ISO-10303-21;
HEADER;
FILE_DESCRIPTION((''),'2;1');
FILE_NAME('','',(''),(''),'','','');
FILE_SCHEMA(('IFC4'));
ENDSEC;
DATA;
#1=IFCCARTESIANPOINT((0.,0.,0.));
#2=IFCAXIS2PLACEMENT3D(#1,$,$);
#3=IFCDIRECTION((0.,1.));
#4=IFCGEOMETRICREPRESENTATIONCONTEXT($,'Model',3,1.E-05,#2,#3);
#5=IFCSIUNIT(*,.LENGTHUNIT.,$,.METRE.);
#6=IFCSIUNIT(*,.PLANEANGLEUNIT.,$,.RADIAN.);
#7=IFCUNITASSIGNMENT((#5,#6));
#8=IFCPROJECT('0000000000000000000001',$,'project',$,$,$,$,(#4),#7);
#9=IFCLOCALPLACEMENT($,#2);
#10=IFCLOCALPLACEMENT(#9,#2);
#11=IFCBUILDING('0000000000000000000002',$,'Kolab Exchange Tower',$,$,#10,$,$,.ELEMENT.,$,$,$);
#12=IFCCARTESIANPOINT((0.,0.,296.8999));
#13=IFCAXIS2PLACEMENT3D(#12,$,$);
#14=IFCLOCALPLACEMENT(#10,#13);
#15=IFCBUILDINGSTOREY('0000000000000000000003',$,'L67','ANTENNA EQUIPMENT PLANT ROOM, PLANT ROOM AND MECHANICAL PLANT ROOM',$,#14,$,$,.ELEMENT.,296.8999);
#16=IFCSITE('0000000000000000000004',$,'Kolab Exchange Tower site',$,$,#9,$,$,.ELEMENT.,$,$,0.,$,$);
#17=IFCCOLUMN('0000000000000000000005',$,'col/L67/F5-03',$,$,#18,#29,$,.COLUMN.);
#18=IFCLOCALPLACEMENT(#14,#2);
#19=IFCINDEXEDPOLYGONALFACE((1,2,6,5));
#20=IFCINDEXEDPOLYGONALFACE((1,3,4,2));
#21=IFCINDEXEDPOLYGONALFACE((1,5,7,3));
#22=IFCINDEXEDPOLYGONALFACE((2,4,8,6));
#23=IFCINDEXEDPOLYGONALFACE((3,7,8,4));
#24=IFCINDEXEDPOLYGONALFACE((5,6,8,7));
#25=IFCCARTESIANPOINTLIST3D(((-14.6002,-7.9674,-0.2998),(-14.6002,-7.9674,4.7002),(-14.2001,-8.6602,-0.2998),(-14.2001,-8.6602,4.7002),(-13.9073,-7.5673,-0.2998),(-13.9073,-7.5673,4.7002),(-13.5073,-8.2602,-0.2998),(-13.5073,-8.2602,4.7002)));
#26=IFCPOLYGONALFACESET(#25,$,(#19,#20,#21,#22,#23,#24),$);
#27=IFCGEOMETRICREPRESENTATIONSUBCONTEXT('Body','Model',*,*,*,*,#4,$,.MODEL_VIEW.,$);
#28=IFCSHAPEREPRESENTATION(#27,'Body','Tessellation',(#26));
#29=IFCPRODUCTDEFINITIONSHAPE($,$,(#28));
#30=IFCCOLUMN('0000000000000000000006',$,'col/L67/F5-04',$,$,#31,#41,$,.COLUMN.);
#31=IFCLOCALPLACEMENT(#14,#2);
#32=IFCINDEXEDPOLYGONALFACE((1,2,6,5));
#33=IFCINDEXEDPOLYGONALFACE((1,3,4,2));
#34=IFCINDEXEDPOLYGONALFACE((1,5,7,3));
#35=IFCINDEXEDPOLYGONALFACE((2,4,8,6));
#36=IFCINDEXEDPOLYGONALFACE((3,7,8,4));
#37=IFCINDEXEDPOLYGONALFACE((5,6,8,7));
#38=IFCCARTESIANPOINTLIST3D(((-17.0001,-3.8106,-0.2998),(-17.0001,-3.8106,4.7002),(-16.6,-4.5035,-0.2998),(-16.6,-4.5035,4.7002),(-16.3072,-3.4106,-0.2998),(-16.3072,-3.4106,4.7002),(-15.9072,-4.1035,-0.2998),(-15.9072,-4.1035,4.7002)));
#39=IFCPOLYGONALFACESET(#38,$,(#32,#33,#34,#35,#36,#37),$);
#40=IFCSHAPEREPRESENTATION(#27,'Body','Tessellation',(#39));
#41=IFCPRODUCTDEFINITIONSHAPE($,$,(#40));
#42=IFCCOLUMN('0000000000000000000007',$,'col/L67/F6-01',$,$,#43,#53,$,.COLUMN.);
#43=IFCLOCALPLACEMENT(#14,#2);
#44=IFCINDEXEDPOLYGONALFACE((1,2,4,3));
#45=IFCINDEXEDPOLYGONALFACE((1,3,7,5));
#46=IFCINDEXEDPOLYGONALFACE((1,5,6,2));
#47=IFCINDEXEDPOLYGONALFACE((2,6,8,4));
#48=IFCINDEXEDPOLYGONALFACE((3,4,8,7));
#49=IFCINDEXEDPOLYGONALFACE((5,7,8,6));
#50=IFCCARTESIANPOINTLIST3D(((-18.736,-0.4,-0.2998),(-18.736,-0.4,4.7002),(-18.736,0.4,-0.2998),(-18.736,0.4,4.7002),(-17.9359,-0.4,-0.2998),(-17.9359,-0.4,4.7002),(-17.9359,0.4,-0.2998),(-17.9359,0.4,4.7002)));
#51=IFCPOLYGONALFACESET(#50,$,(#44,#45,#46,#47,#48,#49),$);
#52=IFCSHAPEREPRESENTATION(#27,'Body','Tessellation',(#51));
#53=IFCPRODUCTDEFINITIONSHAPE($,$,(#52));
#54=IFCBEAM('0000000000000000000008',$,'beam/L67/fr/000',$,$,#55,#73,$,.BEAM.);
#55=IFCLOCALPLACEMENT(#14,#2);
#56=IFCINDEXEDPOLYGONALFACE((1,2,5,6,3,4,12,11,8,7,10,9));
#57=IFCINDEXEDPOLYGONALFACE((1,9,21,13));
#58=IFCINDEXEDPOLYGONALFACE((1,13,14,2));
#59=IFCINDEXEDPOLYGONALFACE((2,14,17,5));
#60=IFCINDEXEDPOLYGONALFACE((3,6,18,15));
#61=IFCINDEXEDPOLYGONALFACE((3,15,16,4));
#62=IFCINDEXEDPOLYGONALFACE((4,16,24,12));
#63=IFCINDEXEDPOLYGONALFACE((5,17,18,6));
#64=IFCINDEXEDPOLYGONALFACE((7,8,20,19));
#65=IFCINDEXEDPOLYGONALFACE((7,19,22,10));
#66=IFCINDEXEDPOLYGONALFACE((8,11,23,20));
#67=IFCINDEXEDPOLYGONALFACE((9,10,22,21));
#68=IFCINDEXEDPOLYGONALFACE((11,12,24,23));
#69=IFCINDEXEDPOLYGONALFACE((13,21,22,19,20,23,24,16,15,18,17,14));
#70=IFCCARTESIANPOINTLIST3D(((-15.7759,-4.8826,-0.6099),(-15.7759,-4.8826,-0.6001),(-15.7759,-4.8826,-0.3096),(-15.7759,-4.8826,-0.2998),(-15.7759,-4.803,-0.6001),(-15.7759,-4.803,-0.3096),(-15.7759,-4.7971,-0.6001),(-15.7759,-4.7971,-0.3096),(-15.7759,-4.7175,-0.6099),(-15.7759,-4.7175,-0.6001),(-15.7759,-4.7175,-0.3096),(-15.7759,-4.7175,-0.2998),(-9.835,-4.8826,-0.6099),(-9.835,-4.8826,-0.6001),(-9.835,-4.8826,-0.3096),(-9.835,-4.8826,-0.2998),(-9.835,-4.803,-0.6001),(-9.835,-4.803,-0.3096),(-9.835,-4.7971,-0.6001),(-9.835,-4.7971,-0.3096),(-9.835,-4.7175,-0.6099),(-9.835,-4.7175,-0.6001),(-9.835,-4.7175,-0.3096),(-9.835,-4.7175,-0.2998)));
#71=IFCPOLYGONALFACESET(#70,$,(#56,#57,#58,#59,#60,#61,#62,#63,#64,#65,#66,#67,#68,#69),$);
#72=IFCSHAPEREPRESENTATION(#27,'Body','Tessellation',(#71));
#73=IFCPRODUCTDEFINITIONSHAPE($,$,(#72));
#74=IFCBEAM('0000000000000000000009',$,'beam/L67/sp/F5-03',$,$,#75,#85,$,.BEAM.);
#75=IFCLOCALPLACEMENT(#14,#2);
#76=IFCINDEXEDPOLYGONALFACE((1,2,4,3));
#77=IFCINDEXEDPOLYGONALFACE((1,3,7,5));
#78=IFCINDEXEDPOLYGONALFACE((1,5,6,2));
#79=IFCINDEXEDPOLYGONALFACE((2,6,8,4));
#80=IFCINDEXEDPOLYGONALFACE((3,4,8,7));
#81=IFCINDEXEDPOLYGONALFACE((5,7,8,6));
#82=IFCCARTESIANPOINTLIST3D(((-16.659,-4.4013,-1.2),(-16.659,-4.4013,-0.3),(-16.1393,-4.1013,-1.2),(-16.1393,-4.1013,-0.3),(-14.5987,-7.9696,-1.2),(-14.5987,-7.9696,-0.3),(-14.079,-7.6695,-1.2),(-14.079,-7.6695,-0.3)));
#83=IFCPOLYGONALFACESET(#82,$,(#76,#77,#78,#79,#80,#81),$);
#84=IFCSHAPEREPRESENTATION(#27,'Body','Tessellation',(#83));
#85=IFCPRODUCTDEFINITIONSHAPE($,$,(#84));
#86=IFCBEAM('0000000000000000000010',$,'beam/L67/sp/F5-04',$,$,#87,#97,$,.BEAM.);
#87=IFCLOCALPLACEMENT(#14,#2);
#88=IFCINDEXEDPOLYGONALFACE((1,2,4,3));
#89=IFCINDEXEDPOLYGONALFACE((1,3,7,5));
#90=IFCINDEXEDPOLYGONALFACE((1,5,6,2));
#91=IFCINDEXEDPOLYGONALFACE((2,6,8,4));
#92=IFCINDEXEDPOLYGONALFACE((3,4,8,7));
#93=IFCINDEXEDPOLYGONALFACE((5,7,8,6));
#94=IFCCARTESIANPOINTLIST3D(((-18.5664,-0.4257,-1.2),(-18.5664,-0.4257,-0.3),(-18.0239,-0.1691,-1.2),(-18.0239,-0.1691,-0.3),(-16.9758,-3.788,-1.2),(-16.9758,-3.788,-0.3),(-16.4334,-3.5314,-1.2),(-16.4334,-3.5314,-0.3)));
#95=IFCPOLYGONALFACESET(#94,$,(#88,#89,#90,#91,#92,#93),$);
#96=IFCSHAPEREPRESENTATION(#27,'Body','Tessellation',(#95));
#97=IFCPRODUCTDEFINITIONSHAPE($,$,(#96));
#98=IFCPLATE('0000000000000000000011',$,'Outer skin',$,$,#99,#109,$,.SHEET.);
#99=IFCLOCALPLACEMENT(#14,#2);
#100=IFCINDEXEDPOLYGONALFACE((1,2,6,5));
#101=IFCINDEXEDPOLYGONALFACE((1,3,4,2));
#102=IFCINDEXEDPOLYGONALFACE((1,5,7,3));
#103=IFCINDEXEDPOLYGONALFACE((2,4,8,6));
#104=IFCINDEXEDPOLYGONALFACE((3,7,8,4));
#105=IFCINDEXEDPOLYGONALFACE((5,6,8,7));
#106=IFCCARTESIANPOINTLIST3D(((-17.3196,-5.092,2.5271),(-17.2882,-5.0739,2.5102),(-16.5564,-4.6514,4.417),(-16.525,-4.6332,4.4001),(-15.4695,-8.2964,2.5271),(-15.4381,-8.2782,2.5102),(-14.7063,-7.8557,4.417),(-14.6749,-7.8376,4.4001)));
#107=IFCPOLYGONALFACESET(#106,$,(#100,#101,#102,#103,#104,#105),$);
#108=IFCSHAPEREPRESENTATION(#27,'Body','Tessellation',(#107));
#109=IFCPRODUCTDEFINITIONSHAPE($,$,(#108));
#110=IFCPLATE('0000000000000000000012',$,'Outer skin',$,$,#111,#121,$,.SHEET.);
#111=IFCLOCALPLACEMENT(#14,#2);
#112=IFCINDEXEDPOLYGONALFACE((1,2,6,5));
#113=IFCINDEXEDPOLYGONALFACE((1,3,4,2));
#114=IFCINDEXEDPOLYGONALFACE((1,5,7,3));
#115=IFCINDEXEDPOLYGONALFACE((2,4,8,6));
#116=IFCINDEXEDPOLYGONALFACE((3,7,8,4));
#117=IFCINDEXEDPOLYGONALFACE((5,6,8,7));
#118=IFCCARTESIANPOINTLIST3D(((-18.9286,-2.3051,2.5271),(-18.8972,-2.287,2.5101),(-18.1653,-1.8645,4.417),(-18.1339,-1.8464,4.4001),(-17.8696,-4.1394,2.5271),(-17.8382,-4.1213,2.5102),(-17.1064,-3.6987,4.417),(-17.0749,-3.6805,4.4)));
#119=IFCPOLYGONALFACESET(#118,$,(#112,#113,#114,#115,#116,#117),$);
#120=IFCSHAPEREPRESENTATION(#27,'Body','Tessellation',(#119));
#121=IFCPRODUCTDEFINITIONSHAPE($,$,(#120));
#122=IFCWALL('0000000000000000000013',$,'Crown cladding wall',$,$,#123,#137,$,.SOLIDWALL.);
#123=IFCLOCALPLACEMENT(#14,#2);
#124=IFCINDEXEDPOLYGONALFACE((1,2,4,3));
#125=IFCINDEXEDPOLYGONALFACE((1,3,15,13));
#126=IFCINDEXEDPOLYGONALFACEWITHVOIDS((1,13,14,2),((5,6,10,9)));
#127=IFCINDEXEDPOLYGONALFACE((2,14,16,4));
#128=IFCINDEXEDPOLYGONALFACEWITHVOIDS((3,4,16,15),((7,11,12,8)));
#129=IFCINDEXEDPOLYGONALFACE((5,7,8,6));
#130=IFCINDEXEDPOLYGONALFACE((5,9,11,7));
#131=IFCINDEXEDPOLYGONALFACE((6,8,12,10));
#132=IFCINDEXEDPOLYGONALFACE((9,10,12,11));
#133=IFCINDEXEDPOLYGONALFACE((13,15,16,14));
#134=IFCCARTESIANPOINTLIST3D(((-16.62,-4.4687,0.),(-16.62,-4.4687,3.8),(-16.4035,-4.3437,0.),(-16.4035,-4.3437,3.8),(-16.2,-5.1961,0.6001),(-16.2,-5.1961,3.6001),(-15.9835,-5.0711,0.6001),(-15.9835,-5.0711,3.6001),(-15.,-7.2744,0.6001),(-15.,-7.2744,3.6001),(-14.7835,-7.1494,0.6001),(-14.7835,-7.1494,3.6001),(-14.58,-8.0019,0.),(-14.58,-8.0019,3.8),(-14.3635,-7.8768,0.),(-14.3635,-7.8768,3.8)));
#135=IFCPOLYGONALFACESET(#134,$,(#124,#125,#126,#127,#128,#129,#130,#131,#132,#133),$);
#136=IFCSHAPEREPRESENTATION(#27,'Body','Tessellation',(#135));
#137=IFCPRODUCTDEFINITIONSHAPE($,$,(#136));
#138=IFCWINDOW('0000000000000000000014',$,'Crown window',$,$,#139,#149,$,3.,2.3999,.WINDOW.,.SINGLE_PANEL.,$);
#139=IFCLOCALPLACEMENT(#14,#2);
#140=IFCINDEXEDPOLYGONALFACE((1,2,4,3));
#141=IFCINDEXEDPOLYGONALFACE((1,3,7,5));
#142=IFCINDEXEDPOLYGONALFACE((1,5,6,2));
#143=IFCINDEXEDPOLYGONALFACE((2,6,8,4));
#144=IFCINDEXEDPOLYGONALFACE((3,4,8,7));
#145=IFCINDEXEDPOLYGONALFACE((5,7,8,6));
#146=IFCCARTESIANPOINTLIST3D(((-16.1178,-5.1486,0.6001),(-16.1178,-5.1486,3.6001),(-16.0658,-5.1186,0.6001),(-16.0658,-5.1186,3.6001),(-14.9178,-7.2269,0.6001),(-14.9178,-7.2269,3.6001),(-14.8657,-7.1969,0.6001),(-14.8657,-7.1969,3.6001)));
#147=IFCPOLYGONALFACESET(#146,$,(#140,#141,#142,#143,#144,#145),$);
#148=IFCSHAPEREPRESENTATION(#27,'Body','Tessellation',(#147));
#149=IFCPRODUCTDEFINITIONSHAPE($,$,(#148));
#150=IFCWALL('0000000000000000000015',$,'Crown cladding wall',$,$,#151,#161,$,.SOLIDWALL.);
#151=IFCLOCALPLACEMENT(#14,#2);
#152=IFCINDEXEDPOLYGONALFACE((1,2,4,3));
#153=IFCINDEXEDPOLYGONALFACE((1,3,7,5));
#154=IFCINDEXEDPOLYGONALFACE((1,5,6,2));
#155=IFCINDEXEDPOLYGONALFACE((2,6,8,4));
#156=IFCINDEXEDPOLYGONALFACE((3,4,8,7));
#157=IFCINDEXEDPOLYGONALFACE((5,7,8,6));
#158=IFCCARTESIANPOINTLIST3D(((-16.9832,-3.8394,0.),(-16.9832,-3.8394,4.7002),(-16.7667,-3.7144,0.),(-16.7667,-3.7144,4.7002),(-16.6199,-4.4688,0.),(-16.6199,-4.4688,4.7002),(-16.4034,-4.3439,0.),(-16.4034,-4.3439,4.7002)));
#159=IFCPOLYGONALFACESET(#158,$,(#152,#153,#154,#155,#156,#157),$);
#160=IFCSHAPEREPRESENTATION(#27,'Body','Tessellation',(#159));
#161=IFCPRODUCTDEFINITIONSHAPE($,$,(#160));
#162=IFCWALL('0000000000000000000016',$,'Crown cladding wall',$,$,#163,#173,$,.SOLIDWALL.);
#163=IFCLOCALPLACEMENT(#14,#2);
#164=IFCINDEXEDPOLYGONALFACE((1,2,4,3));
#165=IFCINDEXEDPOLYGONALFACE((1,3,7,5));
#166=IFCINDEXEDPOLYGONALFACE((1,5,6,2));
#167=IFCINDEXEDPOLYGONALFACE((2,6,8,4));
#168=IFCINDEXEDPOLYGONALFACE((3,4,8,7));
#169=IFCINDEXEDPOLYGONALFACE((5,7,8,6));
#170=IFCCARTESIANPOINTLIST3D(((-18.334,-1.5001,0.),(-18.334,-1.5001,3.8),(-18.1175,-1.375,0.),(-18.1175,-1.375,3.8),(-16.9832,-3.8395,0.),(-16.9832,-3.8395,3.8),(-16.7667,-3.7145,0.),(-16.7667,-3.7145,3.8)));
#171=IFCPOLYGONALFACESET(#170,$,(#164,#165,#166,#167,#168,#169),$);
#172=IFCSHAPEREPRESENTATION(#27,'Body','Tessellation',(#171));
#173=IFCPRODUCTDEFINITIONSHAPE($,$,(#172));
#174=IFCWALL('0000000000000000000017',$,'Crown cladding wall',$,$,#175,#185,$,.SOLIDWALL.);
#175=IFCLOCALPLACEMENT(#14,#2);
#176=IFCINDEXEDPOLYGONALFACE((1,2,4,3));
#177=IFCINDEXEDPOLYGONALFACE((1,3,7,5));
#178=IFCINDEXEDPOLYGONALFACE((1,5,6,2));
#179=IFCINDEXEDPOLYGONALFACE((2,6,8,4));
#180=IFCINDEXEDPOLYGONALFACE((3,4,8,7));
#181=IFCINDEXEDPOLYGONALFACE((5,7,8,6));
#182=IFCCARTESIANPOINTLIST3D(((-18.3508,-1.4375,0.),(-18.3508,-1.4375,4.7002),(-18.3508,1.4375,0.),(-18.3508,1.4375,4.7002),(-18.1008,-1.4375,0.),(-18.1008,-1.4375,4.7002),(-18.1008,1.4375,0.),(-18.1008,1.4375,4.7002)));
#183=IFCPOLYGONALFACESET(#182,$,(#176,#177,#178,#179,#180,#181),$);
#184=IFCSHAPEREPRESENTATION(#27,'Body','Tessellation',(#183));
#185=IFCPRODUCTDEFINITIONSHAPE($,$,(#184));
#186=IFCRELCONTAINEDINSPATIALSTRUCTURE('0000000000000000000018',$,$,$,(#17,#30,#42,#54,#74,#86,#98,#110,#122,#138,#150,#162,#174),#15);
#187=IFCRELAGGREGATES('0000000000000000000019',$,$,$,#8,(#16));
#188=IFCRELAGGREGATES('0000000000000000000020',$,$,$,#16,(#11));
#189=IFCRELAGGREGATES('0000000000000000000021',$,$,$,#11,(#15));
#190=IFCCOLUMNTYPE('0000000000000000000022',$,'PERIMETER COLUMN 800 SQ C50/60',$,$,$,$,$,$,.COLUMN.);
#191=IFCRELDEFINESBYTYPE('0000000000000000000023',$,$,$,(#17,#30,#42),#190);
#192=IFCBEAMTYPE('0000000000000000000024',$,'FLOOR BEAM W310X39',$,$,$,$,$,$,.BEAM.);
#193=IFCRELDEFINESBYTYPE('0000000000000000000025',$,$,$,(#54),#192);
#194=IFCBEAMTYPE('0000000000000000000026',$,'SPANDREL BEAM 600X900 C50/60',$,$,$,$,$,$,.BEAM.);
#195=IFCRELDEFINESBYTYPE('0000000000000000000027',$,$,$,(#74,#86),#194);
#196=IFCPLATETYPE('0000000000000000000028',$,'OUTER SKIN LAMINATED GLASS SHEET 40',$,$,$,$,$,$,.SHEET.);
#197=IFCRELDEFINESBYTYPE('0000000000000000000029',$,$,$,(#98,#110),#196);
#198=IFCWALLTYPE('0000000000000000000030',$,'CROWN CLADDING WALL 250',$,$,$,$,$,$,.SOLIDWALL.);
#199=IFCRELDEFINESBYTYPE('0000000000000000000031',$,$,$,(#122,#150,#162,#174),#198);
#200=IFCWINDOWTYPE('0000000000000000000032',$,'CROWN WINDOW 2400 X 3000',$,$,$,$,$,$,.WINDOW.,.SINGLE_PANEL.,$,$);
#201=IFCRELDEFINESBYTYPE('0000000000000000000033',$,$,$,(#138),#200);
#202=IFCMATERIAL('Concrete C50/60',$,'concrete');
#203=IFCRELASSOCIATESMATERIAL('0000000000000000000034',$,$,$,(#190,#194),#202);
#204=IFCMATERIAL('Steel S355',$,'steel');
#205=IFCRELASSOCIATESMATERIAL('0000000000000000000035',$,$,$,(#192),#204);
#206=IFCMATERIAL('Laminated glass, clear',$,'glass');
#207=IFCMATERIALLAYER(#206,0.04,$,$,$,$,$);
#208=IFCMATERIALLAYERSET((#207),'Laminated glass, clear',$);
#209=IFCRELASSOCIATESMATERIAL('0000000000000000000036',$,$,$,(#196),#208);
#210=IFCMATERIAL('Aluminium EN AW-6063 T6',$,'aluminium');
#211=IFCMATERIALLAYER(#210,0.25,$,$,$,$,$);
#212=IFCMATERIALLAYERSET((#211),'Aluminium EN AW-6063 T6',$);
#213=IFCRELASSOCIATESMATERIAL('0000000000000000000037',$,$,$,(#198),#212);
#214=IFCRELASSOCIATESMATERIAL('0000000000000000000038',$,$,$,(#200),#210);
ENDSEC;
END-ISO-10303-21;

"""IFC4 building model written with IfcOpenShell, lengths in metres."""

from ifc_helpers import new_model, si_unit, direction, frame, frame_2d, origin, origin_2d, place, context, subcontext, project, spatial, polyline, rectangle, i_section, outline, extrude, material, layer, layer_set, material_profile, profile_set, type_object, element, fill, save


model = new_model("IFC4")

# Units and contexts
model_context = context("Model", 3, precision=1e-05, world=origin(), true_north=direction((0.0, 1.0)))
body_context = subcontext(model_context, "Body", "Model", "MODEL_VIEW")
ifc_project = project(units=[si_unit("LENGTHUNIT", "METRE"), si_unit("PLANEANGLEUNIT", "RADIAN")], contexts=[model_context])

# Site, building, storey
site_placement = place(None, origin())
site = spatial("IfcSite", under=ifc_project, at=site_placement, Name="Kolab Exchange Tower site", CompositionType="ELEMENT", RefElevation=0.0)
building_placement = place(site_placement, origin())
building = spatial("IfcBuilding", under=site, at=building_placement, Name="Kolab Exchange Tower", CompositionType="ELEMENT")
storey_placement = place(building_placement, frame((0.0, 0.0, 296.8999)))
storey = spatial("IfcBuildingStorey", under=building, at=storey_placement, Name="L67", Description="ANTENNA EQUIPMENT PLANT ROOM, PLANT ROOM AND MECHANICAL PLANT ROOM", CompositionType="ELEMENT", Elevation=296.8999)

# Columns
ifc_material_1 = material(Name="Concrete C50/60", Category="concrete")
ifc_material_profile_1 = material_profile(ifc_material_1, rectangle(XDim=0.8, YDim=0.8, at=origin_2d()), Name="RC800")
ifc_profile_set_1 = profile_set([ifc_material_profile_1], Name="Concrete C50/60")
column_type = type_object("IfcColumnType", Name="PERIMETER COLUMN 800 SQ C50/60", PredefinedType="COLUMN", material=ifc_profile_set_1)
for number, where, z_axis, x_axis, name in (
    (1, (-14.0537, -8.1138, -0.2998), (0.0, 0.0, 1.0), (0.866025, 0.5, 0.0), "col/L67/F5-03"),
    (2, (-16.4536, -3.957, -0.2998), (0.0, 0.0, 1.0), (0.866025, 0.5, 0.0), "col/L67/F5-04"),
    (3, (-18.3359, 0.0, -0.2998), (0.0, 0.0, 1.0), (1.0, 0.0, 0.0), "col/L67/F6-01"),
):
    element("IfcColumn", number, at=place(storey_placement, frame(where, z_axis=z_axis, x_axis=x_axis)), inside=storey, type_object=column_type, Name=name, PredefinedType="COLUMN", context=body_context, shape_type="SweptSolid", body=[
        extrude(rectangle(XDim=0.8, YDim=0.8, at=origin_2d()), origin(), (0.0, 0.0, 1.0), 5.0),
    ])

# Beams
ifc_material_2 = material(Name="Steel S355", Category="steel")
ifc_material_profile_2 = material_profile(ifc_material_2, i_section(OverallWidth=0.165, OverallDepth=0.3101, WebThickness=0.0059, FlangeThickness=0.0098, at=origin_2d()), Name="W310X39")
ifc_profile_set_2 = profile_set([ifc_material_profile_2], Name="Steel S355")
beam_type_1 = type_object("IfcBeamType", Name="FLOOR BEAM W310X39", PredefinedType="BEAM", material=ifc_profile_set_2)
beam_1_placement = place(storey_placement, frame((-15.7759, -4.8, -0.4548), z_axis=(1.0, 0.0, 0.0), x_axis=(0.0, 1.0, 0.0)))
element("IfcBeam", 4, at=beam_1_placement, inside=storey, type_object=beam_type_1, Name="beam/L67/fr/000", PredefinedType="BEAM", context=body_context, shape_type="SweptSolid", body=[
    extrude(i_section(OverallWidth=0.165, OverallDepth=0.3101, WebThickness=0.0059, FlangeThickness=0.0098, at=origin_2d()), origin(), (0.0, 0.0, 1.0), 5.9409),
])
ifc_material_profile_3 = material_profile(ifc_material_1, rectangle(XDim=0.6001, YDim=0.8999, at=origin_2d()), Name="RC600X900")
ifc_profile_set_3 = profile_set([ifc_material_profile_3], Name="Concrete C50/60")
beam_type_2 = type_object("IfcBeamType", Name="SPANDREL BEAM 600X900 C50/60", PredefinedType="BEAM", material=ifc_profile_set_3)
beam_2_placement = place(storey_placement, frame((-14.3389, -7.8196, -0.75), z_axis=(-0.50002, 0.866014, 0.0), x_axis=(-0.866014, -0.50002, 0.0)))
element("IfcBeam", 5, at=beam_2_placement, inside=storey, type_object=beam_type_2, Name="beam/L67/sp/F5-03", PredefinedType="BEAM", context=body_context, shape_type="SweptSolid", body=[
    extrude(rectangle(XDim=0.6001, YDim=0.8999, at=origin_2d()), origin(), (0.0, 0.0, 1.0), 4.1204),
])
beam_3_placement = place(storey_placement, frame((-16.7046, -3.6597, -0.75), z_axis=(-0.427626, 0.903956, 0.0), x_axis=(-0.903956, -0.427626, 0.0)))
element("IfcBeam", 6, at=beam_3_placement, inside=storey, type_object=beam_type_2, Name="beam/L67/sp/F5-04", PredefinedType="BEAM", context=body_context, shape_type="SweptSolid", body=[
    extrude(rectangle(XDim=0.6001, YDim=0.8999, at=origin_2d()), origin(), (0.0, 0.0, 1.0), 3.7195),
])

# Plates
ifc_material_3 = material(Name="Laminated glass, clear", Category="glass")
ifc_layer_1 = layer(ifc_material_3, 0.04)
ifc_layer_set_1 = layer_set([ifc_layer_1], Name="Laminated glass, clear")
plate_type = type_object("IfcPlateType", Name="OUTER SKIN LAMINATED GLASS SHEET 40", PredefinedType="SHEET", material=ifc_layer_set_1)
plate_1_placement = place(storey_placement, frame((-15.4695, -8.2964, 2.5271), z_axis=(-0.784878, -0.453166, 0.422619), x_axis=(-0.500014, 0.866017, 0.0)))
element("IfcPlate", 7, at=plate_1_placement, inside=storey, type_object=plate_type, Name="Outer skin", PredefinedType="SHEET", context=body_context, shape_type="SweptSolid", body=[
    extrude(outline(polyline([(0.0, 0.0), (3.7001, 0.0), (3.7001, -2.0853), (0.0, -2.0853), (0.0, 0.0)])), origin(), (0.0, 0.0, -1.0), 0.04),
])
plate_2_placement = place(storey_placement, frame((-17.8696, -4.1394, 2.5271), z_axis=(-0.784874, -0.453134, 0.422661), x_axis=(-0.499996, 0.866028, -0.000019)))
element("IfcPlate", 8, at=plate_2_placement, inside=storey, type_object=plate_type, Name="Outer skin", PredefinedType="SHEET", context=body_context, shape_type="SweptSolid", body=[
    extrude(outline(polyline([(0.0, 0.0), (2.118, 0.0), (2.1179, -2.0854), (0.0, -2.0853), (0.0, 0.0)])), origin(), (0.0, 0.0, -1.0), 0.04),
])

# Wall, opening, window
ifc_material_4 = material(Name="Aluminium EN AW-6063 T6", Category="aluminium")
ifc_layer_2 = layer(ifc_material_4, 0.25)
ifc_layer_set_2 = layer_set([ifc_layer_2], Name="Aluminium EN AW-6063 T6")
wall_type_1 = type_object("IfcWallType", Name="CROWN CLADDING WALL 250", PredefinedType="SOLIDWALL", material=ifc_layer_set_2)
wall_1_placement = place(storey_placement, frame((-14.4717, -7.9395, 0.0), z_axis=(0.0, 0.0, 1.0), x_axis=(-0.500026, 0.86601, 0.0)))
wall_1 = element("IfcWall", 9, at=wall_1_placement, inside=storey, type_object=wall_type_1, Name="Crown cladding wall", PredefinedType="SOLIDWALL", context=body_context, shape_type="SweptSolid", body=[
    extrude(rectangle(XDim=4.0798, YDim=0.25, at=frame_2d((2.04, 0.0))), origin(), (0.0, 0.0, 1.0), 3.8),
])
opening_placement = place(wall_1_placement, frame((0.8401, 0.0, 0.6001)))
opening = element("IfcOpeningElement", 10, at=opening_placement, cuts=wall_1, PredefinedType="OPENING", context=body_context, shape_type="SweptSolid", body=[
    extrude(rectangle(XDim=2.3999, YDim=3.0, at=frame_2d((1.2, 1.5))), frame((0.0, 0.135, 0.0), z_axis=(0.0, -1.0, 0.0), x_axis=(1.0, 0.0, 0.0)), (0.0, 0.0, 1.0), 0.27),
])
window_type = type_object("IfcWindowType", Name="CROWN WINDOW 2400 X 3000", PartitioningType="SINGLE_PANEL", PredefinedType="WINDOW", material=ifc_material_4)
window_placement = place(opening_placement, origin())
window = element("IfcWindow", 11, at=window_placement, inside=storey, type_object=window_type, Name="Crown window", OverallHeight=3.0, OverallWidth=2.3999, PartitioningType="SINGLE_PANEL", PredefinedType="WINDOW", context=body_context, shape_type="SweptSolid", body=[
    extrude(rectangle(XDim=2.3999, YDim=3.0, at=frame_2d((1.2, 1.5))), frame((0.0, 0.03, 0.0), z_axis=(0.0, -1.0, 0.0), x_axis=(1.0, 0.0, 0.0)), (0.0, 0.0, 1.0), 0.0601),
])
fill(opening, window)

# Walls
wall_2_placement = place(storey_placement, frame((-16.5117, -4.4062, 0.0), z_axis=(0.0, 0.0, 1.0), x_axis=(-0.499897, 0.866085, 0.0)))
element("IfcWall", 12, at=wall_2_placement, inside=storey, type_object=wall_type_1, Name="Crown cladding wall", PredefinedType="SOLIDWALL", context=body_context, shape_type="SweptSolid", body=[
    extrude(rectangle(XDim=0.7268, YDim=0.25, at=frame_2d((0.3633, 0.0))), origin(), (0.0, 0.0, 1.0), 4.7002),
])
wall_3_placement = place(storey_placement, frame((-16.875, -3.7769, 0.0), z_axis=(0.0, 0.0, 1.0), x_axis=(-0.500056, 0.865993, 0.0)))
element("IfcWall", 13, at=wall_3_placement, inside=storey, type_object=wall_type_1, Name="Crown cladding wall", PredefinedType="SOLIDWALL", context=body_context, shape_type="SweptSolid", body=[
    extrude(rectangle(XDim=2.7014, YDim=0.25, at=frame_2d((1.3506, 0.0))), origin(), (0.0, 0.0, 1.0), 3.8),
])
wall_4_placement = place(storey_placement, frame((-18.2258, -1.4375, 0.0), z_axis=(0.0, 0.0, 1.0), x_axis=(0.0, 1.0, 0.0)))
element("IfcWall", 14, at=wall_4_placement, inside=storey, type_object=wall_type_1, Name="Crown cladding wall", PredefinedType="SOLIDWALL", context=body_context, shape_type="SweptSolid", body=[
    extrude(rectangle(XDim=2.875, YDim=0.25, at=frame_2d((1.4375, 0.0))), origin(), (0.0, 0.0, 1.0), 4.7002),
])

save(model, "model.ifc")
